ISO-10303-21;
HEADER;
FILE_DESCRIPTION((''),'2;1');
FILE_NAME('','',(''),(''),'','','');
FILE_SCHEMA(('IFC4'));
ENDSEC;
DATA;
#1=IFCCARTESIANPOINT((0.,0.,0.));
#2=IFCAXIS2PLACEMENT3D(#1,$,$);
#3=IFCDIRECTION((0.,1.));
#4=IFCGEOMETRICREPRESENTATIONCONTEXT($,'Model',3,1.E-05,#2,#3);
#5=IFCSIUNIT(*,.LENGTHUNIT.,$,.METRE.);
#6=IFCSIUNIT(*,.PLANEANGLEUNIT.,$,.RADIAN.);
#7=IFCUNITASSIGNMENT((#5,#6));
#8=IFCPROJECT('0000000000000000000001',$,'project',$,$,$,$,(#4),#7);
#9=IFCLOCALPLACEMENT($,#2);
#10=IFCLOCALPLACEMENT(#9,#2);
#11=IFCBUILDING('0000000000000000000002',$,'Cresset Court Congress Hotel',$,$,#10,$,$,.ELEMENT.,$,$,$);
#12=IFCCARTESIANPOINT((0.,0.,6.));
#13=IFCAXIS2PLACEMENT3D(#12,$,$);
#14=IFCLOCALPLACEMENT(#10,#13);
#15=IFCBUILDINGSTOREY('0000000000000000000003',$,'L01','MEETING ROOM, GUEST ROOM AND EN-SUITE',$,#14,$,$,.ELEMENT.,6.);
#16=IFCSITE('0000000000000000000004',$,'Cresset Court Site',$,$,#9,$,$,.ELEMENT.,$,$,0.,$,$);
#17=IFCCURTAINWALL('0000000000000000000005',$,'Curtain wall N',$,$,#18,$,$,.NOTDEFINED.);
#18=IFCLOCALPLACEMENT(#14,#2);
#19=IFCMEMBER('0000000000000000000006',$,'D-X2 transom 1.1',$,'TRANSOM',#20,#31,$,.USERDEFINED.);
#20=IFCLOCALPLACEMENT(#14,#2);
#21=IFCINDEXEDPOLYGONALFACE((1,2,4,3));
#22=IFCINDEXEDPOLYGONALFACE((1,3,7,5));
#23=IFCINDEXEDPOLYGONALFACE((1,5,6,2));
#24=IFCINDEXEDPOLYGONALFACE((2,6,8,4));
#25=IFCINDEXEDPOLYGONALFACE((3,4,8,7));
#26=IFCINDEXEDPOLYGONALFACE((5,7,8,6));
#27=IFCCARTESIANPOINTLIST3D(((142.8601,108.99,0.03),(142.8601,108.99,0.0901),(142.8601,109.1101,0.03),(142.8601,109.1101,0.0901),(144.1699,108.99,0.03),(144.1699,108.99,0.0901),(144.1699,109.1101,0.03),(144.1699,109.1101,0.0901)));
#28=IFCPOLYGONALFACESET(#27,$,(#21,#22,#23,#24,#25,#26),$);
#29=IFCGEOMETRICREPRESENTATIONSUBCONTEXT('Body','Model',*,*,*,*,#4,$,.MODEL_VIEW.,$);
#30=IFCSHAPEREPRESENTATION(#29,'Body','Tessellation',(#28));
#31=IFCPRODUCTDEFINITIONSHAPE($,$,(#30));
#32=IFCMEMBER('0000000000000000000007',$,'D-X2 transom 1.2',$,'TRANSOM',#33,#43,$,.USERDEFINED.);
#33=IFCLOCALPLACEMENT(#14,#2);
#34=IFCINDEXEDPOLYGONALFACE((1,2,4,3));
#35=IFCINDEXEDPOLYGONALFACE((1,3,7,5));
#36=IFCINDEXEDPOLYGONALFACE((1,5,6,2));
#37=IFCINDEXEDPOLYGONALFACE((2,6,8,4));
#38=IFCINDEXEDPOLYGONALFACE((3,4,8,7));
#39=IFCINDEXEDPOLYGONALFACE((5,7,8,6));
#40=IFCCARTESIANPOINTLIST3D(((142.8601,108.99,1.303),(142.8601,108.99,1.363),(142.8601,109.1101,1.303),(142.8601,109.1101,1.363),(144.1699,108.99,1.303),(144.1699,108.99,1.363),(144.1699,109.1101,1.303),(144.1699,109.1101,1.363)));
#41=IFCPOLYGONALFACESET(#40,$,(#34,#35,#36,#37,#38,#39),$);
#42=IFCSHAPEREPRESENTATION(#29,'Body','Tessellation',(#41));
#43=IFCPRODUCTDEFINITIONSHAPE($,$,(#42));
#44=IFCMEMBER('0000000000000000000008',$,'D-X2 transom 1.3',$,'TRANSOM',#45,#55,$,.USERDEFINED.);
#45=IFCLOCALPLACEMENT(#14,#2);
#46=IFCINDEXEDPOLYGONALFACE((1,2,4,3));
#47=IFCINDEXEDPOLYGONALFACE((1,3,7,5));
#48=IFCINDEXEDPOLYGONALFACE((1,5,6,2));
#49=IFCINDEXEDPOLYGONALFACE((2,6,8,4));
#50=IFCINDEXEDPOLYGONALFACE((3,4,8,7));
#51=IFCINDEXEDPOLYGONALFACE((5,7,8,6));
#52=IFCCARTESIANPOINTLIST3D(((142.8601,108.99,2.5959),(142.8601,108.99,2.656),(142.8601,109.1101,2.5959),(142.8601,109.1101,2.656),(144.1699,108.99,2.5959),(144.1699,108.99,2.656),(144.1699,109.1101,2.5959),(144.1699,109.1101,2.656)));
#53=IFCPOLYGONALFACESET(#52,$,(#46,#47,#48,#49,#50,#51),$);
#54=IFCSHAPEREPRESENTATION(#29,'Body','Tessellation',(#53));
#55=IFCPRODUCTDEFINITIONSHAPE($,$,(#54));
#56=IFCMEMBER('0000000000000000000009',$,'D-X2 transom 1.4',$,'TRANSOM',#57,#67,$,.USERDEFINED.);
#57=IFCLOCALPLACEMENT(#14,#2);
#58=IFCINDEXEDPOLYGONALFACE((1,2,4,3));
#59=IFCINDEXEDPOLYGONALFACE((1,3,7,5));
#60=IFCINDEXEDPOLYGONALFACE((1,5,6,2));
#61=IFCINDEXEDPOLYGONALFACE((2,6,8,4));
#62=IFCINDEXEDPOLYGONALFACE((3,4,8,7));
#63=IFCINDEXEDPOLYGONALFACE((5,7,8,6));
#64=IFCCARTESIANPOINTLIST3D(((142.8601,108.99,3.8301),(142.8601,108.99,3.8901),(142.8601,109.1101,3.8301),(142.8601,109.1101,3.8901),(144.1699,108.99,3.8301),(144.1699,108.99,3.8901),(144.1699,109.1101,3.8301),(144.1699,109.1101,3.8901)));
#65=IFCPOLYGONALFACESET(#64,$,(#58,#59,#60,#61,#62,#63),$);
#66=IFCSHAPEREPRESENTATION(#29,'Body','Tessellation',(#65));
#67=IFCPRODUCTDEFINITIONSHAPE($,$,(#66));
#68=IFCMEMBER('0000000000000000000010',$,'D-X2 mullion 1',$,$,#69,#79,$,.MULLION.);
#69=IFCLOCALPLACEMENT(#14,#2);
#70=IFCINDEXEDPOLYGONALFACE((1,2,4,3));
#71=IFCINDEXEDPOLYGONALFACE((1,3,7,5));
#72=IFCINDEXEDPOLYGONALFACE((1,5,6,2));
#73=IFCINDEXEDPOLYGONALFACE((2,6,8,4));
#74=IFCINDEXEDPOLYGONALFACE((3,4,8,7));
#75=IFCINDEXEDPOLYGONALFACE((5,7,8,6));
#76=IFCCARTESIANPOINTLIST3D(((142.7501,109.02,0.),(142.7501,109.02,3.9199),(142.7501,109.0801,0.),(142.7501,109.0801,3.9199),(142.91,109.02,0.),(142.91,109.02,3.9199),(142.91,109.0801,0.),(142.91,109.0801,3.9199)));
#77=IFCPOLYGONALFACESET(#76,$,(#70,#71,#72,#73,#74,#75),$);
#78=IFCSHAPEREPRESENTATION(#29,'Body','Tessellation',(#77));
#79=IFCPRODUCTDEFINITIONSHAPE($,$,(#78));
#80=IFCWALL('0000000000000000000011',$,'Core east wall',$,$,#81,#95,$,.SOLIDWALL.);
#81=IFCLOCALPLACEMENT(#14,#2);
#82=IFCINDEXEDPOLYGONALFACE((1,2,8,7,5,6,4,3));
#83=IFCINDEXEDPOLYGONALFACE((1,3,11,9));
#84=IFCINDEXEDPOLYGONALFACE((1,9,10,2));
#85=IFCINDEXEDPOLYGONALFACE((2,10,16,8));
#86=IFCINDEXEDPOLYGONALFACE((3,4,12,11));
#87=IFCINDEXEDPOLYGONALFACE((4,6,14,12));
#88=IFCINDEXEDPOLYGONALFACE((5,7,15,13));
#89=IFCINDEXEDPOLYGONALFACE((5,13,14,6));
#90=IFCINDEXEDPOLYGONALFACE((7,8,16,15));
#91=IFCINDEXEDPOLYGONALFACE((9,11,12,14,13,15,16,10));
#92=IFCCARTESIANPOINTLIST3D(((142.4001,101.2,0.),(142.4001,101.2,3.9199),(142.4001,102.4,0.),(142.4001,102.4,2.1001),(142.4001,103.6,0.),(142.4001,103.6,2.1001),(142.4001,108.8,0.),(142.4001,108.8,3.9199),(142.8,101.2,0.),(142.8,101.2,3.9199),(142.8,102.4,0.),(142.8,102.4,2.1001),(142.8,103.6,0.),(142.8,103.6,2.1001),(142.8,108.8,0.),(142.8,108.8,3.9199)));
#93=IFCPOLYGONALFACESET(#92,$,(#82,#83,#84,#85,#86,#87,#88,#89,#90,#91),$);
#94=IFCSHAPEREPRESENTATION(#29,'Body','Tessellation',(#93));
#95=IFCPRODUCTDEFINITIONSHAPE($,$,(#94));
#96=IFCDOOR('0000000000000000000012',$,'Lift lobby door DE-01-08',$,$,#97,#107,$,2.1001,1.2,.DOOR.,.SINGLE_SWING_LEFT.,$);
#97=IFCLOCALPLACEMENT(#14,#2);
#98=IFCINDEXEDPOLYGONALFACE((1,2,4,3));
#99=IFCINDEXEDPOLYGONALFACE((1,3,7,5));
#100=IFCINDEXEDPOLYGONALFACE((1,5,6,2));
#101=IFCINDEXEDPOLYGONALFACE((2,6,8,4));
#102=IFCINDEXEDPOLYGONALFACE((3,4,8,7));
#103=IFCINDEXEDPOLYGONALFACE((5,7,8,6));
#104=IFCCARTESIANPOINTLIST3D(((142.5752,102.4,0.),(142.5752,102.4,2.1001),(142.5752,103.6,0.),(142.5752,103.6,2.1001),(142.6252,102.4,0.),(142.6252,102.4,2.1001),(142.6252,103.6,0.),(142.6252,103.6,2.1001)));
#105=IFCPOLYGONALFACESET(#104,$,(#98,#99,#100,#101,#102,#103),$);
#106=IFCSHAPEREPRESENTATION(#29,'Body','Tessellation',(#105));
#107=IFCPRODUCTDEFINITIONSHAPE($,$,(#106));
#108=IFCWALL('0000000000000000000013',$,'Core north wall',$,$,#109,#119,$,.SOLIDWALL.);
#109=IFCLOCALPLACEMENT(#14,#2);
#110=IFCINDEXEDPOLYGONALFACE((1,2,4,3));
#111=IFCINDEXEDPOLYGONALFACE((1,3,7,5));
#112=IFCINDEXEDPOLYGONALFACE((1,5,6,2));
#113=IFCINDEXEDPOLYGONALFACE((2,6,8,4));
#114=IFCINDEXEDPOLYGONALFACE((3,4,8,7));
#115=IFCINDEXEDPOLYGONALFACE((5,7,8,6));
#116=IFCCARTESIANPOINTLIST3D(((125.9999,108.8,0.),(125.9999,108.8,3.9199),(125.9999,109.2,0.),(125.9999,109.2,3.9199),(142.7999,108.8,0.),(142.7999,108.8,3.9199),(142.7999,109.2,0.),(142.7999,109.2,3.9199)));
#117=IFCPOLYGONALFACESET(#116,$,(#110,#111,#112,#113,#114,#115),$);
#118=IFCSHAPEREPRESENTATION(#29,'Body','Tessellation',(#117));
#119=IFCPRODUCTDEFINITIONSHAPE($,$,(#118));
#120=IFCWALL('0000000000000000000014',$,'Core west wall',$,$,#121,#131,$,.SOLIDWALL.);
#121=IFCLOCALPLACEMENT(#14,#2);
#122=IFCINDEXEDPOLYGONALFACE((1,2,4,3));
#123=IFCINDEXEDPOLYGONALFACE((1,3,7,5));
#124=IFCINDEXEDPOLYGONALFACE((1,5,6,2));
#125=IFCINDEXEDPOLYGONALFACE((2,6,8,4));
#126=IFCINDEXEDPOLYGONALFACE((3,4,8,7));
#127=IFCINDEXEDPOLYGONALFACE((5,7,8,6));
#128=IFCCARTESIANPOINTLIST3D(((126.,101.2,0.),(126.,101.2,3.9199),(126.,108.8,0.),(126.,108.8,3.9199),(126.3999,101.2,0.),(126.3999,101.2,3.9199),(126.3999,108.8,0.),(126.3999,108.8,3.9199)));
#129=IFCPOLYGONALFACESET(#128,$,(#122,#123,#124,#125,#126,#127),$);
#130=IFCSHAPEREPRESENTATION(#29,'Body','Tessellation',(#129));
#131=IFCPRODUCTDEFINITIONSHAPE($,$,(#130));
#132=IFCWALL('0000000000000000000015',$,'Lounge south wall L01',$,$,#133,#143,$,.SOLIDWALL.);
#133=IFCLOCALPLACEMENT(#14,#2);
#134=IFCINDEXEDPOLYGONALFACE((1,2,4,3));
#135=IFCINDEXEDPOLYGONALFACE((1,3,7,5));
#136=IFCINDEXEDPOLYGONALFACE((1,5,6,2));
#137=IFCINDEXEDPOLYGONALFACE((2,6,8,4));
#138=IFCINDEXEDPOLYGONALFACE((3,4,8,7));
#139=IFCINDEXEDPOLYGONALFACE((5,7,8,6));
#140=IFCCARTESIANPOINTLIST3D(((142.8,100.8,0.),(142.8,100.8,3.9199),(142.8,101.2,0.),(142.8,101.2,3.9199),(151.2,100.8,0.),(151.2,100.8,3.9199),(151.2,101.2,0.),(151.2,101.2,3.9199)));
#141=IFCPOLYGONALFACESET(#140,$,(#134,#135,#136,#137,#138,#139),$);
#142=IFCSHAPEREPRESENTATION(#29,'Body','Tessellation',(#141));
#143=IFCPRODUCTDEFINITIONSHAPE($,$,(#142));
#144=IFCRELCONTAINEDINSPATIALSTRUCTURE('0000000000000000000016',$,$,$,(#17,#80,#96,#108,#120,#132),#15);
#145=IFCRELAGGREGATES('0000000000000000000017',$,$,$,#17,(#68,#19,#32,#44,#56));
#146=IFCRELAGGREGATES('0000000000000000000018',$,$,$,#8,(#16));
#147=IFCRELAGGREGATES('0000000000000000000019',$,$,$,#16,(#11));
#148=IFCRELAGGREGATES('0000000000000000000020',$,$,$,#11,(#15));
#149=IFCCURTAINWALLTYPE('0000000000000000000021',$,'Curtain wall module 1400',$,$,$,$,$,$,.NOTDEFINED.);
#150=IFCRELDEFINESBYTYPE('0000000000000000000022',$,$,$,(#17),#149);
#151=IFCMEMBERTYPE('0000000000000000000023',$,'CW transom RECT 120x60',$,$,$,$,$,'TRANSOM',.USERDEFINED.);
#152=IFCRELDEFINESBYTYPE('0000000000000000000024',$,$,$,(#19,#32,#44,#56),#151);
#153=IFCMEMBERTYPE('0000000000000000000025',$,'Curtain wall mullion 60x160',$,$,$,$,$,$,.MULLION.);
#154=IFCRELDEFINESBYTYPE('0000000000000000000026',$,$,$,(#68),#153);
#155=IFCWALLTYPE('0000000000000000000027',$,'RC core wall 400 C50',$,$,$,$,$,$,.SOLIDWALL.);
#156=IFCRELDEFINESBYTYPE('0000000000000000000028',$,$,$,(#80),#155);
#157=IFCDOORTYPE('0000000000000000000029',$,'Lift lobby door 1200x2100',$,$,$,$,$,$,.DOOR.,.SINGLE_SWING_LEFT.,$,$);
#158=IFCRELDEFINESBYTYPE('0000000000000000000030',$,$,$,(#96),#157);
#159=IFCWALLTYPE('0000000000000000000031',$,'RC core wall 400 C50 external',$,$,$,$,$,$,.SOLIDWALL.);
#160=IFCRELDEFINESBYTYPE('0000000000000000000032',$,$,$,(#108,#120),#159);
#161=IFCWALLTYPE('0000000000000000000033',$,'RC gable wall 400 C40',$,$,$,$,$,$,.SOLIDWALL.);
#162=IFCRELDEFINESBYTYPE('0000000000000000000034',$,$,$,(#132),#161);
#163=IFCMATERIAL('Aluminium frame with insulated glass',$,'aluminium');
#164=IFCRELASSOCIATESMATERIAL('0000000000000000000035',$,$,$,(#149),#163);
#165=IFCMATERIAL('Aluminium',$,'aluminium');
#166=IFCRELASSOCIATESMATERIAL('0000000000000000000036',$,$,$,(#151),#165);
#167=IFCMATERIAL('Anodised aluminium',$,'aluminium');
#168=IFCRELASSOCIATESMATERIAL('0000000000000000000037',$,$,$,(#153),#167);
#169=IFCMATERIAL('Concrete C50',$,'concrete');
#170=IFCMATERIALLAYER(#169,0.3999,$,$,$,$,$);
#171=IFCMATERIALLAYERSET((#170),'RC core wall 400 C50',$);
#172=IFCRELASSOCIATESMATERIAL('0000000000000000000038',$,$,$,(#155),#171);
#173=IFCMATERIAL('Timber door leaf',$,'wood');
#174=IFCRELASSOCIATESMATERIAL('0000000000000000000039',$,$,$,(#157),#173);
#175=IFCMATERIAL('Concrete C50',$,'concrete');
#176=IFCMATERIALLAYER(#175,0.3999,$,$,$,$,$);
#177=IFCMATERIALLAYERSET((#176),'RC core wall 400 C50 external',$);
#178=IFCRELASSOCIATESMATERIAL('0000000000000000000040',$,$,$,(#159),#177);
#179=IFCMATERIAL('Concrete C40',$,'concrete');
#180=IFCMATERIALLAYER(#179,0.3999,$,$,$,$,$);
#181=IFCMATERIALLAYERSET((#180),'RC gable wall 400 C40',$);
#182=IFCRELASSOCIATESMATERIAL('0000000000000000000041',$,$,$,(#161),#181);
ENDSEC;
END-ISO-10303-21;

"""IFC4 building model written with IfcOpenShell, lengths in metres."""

from ifc_helpers import new_model, si_unit, direction, frame, frame_2d, origin, origin_2d, place, context, subcontext, project, spatial, rectangle, extrude, material, layer, layer_set, material_profile, profile_set, type_object, element, fill, aggregate, save


model = new_model("IFC4")

# Units and contexts
model_context = context("Model", 3, precision=1e-05, world=origin(), true_north=direction((0.0, 1.0)))
body_context = subcontext(model_context, "Body", "Model", "MODEL_VIEW")
ifc_project = project(units=[si_unit("LENGTHUNIT", "METRE"), si_unit("PLANEANGLEUNIT", "RADIAN")], contexts=[model_context])

# Site, building, storey
site_placement = place(None, origin())
site = spatial("IfcSite", under=ifc_project, at=site_placement, Name="Cresset Court Site", CompositionType="ELEMENT", RefElevation=0.0)
building_placement = place(site_placement, origin())
building = spatial("IfcBuilding", under=site, at=building_placement, Name="Cresset Court Congress Hotel", CompositionType="ELEMENT")
storey_placement = place(building_placement, frame((0.0, 0.0, 6.0)))
storey = spatial("IfcBuildingStorey", under=building, at=storey_placement, Name="L01", Description="MEETING ROOM, GUEST ROOM AND EN-SUITE", CompositionType="ELEMENT", Elevation=6.0)

# Curtain wall, members
ifc_material_1 = material(Name="Aluminium frame with insulated glass", Category="aluminium")
curtain_wall_type = type_object("IfcCurtainWallType", Name="Curtain wall module 1400", PredefinedType="NOTDEFINED", material=ifc_material_1)
curtain_wall_placement = place(storey_placement, origin())
curtain_wall = element("IfcCurtainWall", 1, at=curtain_wall_placement, inside=storey, type_object=curtain_wall_type, Name="Curtain wall N", PredefinedType="NOTDEFINED")
ifc_material_2 = material(Name="Aluminium", Category="aluminium")
ifc_material_profile_1 = material_profile(ifc_material_2, rectangle(XDim=0.1201, YDim=0.0601, at=origin_2d()), Name="AL 120x60")
ifc_profile_set_1 = profile_set([ifc_material_profile_1], Name="Aluminium")
member_type_1 = type_object("IfcMemberType", Name="CW transom RECT 120x60", ElementType="TRANSOM", PredefinedType="USERDEFINED", material=ifc_profile_set_1)
member_1_placement = place(storey_placement, frame((142.8601, 109.05, 0.0601), z_axis=(1.0, 0.0, 0.0), x_axis=(0.0, 1.0, 0.0)))
member_1 = element("IfcMember", 2, at=member_1_placement, type_object=member_type_1, Name="D-X2 transom 1.1", ObjectType="TRANSOM", PredefinedType="USERDEFINED", context=body_context, shape_type="SweptSolid", body=[
    extrude(rectangle(XDim=0.1201, YDim=0.0601, at=origin_2d()), origin(), (0.0, 0.0, 1.0), 1.3098),
])
member_2_placement = place(storey_placement, frame((142.8601, 109.05, 1.333), z_axis=(1.0, 0.0, 0.0), x_axis=(0.0, 1.0, 0.0)))
member_2 = element("IfcMember", 3, at=member_2_placement, type_object=member_type_1, Name="D-X2 transom 1.2", ObjectType="TRANSOM", PredefinedType="USERDEFINED", context=body_context, shape_type="SweptSolid", body=[
    extrude(rectangle(XDim=0.1201, YDim=0.0601, at=origin_2d()), origin(), (0.0, 0.0, 1.0), 1.3098),
])
member_3_placement = place(storey_placement, frame((142.8601, 109.05, 2.626), z_axis=(1.0, 0.0, 0.0), x_axis=(0.0, 1.0, 0.0)))
member_3 = element("IfcMember", 4, at=member_3_placement, type_object=member_type_1, Name="D-X2 transom 1.3", ObjectType="TRANSOM", PredefinedType="USERDEFINED", context=body_context, shape_type="SweptSolid", body=[
    extrude(rectangle(XDim=0.1201, YDim=0.0601, at=origin_2d()), origin(), (0.0, 0.0, 1.0), 1.3098),
])
member_4_placement = place(storey_placement, frame((142.8601, 109.05, 3.8601), z_axis=(1.0, 0.0, 0.0), x_axis=(0.0, 1.0, 0.0)))
member_4 = element("IfcMember", 5, at=member_4_placement, type_object=member_type_1, Name="D-X2 transom 1.4", ObjectType="TRANSOM", PredefinedType="USERDEFINED", context=body_context, shape_type="SweptSolid", body=[
    extrude(rectangle(XDim=0.1201, YDim=0.0601, at=origin_2d()), origin(), (0.0, 0.0, 1.0), 1.3098),
])
ifc_material_3 = material(Name="Anodised aluminium", Category="aluminium")
ifc_material_profile_2 = material_profile(ifc_material_3, rectangle(XDim=0.0601, YDim=0.1599, at=origin_2d()), Name="AL60x160")
ifc_profile_set_2 = profile_set([ifc_material_profile_2], Name="Anodised aluminium")
member_type_2 = type_object("IfcMemberType", Name="Curtain wall mullion 60x160", PredefinedType="MULLION", material=ifc_profile_set_2)
member_5_placement = place(storey_placement, frame((142.8301, 109.05, 0.0), z_axis=(0.0, 0.0, 1.0), x_axis=(0.0, 1.0, 0.0)))
member_5 = element("IfcMember", 6, at=member_5_placement, type_object=member_type_2, Name="D-X2 mullion 1", PredefinedType="MULLION", context=body_context, shape_type="SweptSolid", body=[
    extrude(rectangle(XDim=0.0601, YDim=0.1599, at=origin_2d()), origin(), (0.0, 0.0, 1.0), 3.9199),
])
aggregate(curtain_wall, [member_5, member_1, member_2, member_3, member_4])

# Wall, opening, door
ifc_material_4 = material(Name="Concrete C50", Category="concrete")
ifc_layer_1 = layer(ifc_material_4, 0.3999)
ifc_layer_set_1 = layer_set([ifc_layer_1], Name="RC core wall 400 C50")
wall_type_1 = type_object("IfcWallType", Name="RC core wall 400 C50", PredefinedType="SOLIDWALL", material=ifc_layer_set_1)
wall_1_placement = place(storey_placement, frame((142.6001, 101.2, 0.0), z_axis=(0.0, 0.0, 1.0), x_axis=(0.0, 1.0, 0.0)))
wall_1 = element("IfcWall", 7, at=wall_1_placement, inside=storey, type_object=wall_type_1, Name="Core east wall", PredefinedType="SOLIDWALL", context=body_context, shape_type="SweptSolid", body=[
    extrude(rectangle(XDim=7.6001, YDim=0.3999, at=frame_2d((3.8, 0.0))), origin(), (0.0, 0.0, 1.0), 3.9199),
])
opening_1_placement = place(wall_1_placement, frame((1.2, 0.0, 0.0)))
opening_1 = element("IfcOpeningElement", 8, at=opening_1_placement, cuts=wall_1, PredefinedType="OPENING", context=body_context, shape_type="SweptSolid", body=[
    extrude(rectangle(XDim=1.2, YDim=2.1001, at=frame_2d((0.6001, 1.05))), frame((0.0, 0.21, 0.0), z_axis=(0.0, -1.0, 0.0), x_axis=(1.0, 0.0, 0.0)), (0.0, 0.0, 1.0), 0.4199),
])
ifc_material_5 = material(Name="Timber door leaf", Category="wood")
door_type_1 = type_object("IfcDoorType", Name="Lift lobby door 1200x2100", OperationType="SINGLE_SWING_LEFT", PredefinedType="DOOR", material=ifc_material_5)
door_1_placement = place(opening_1_placement, origin())
door_1 = element("IfcDoor", 9, at=door_1_placement, inside=storey, type_object=door_type_1, Name="Lift lobby door DE-01-08", OperationType="SINGLE_SWING_LEFT", OverallHeight=2.1001, OverallWidth=1.2, PredefinedType="DOOR", context=body_context, shape_type="SweptSolid", body=[
    extrude(rectangle(XDim=1.2, YDim=2.1001, at=frame_2d((0.6001, 1.05))), frame((0.0, 0.0249, 0.0), z_axis=(0.0, -1.0, 0.0), x_axis=(1.0, 0.0, 0.0)), (0.0, 0.0, 1.0), 0.05),
])
fill(opening_1, door_1)

# Walls
ifc_material_6 = material(Name="Concrete C50", Category="concrete")
ifc_layer_2 = layer(ifc_material_6, 0.3999)
ifc_layer_set_2 = layer_set([ifc_layer_2], Name="RC core wall 400 C50 external")
wall_type_2 = type_object("IfcWallType", Name="RC core wall 400 C50 external", PredefinedType="SOLIDWALL", material=ifc_layer_set_2)
wall_2_placement = place(storey_placement, frame((126.0, 109.0, 0.0), z_axis=(0.0, 0.0, 1.0), x_axis=(1.0, 0.0, 0.0)))
element("IfcWall", 10, at=wall_2_placement, inside=storey, type_object=wall_type_2, Name="Core north wall", PredefinedType="SOLIDWALL", context=body_context, shape_type="SweptSolid", body=[
    extrude(rectangle(XDim=16.8, YDim=0.3999, at=frame_2d((8.3999, 0.0))), origin(), (0.0, 0.0, 1.0), 3.9199),
])
wall_3_placement = place(storey_placement, frame((126.2, 101.2, 0.0), z_axis=(0.0, 0.0, 1.0), x_axis=(0.0, 1.0, 0.0)))
element("IfcWall", 11, at=wall_3_placement, inside=storey, type_object=wall_type_2, Name="Core west wall", PredefinedType="SOLIDWALL", context=body_context, shape_type="SweptSolid", body=[
    extrude(rectangle(XDim=7.6001, YDim=0.3999, at=frame_2d((3.8, 0.0))), origin(), (0.0, 0.0, 1.0), 3.9199),
])
ifc_material_7 = material(Name="Concrete C40", Category="concrete")
ifc_layer_3 = layer(ifc_material_7, 0.3999)
ifc_layer_set_3 = layer_set([ifc_layer_3], Name="RC gable wall 400 C40")
wall_type_3 = type_object("IfcWallType", Name="RC gable wall 400 C40", PredefinedType="SOLIDWALL", material=ifc_layer_set_3)
wall_4_placement = place(storey_placement, frame((142.8, 101.0, 0.0), z_axis=(0.0, 0.0, 1.0), x_axis=(1.0, 0.0, 0.0)))
element("IfcWall", 12, at=wall_4_placement, inside=storey, type_object=wall_type_3, Name="Lounge south wall L01", PredefinedType="SOLIDWALL", context=body_context, shape_type="SweptSolid", body=[
    extrude(rectangle(XDim=8.3999, YDim=0.3999, at=frame_2d((4.2, 0.0))), origin(), (0.0, 0.0, 1.0), 3.9199),
])

save(model, "model.ifc")
